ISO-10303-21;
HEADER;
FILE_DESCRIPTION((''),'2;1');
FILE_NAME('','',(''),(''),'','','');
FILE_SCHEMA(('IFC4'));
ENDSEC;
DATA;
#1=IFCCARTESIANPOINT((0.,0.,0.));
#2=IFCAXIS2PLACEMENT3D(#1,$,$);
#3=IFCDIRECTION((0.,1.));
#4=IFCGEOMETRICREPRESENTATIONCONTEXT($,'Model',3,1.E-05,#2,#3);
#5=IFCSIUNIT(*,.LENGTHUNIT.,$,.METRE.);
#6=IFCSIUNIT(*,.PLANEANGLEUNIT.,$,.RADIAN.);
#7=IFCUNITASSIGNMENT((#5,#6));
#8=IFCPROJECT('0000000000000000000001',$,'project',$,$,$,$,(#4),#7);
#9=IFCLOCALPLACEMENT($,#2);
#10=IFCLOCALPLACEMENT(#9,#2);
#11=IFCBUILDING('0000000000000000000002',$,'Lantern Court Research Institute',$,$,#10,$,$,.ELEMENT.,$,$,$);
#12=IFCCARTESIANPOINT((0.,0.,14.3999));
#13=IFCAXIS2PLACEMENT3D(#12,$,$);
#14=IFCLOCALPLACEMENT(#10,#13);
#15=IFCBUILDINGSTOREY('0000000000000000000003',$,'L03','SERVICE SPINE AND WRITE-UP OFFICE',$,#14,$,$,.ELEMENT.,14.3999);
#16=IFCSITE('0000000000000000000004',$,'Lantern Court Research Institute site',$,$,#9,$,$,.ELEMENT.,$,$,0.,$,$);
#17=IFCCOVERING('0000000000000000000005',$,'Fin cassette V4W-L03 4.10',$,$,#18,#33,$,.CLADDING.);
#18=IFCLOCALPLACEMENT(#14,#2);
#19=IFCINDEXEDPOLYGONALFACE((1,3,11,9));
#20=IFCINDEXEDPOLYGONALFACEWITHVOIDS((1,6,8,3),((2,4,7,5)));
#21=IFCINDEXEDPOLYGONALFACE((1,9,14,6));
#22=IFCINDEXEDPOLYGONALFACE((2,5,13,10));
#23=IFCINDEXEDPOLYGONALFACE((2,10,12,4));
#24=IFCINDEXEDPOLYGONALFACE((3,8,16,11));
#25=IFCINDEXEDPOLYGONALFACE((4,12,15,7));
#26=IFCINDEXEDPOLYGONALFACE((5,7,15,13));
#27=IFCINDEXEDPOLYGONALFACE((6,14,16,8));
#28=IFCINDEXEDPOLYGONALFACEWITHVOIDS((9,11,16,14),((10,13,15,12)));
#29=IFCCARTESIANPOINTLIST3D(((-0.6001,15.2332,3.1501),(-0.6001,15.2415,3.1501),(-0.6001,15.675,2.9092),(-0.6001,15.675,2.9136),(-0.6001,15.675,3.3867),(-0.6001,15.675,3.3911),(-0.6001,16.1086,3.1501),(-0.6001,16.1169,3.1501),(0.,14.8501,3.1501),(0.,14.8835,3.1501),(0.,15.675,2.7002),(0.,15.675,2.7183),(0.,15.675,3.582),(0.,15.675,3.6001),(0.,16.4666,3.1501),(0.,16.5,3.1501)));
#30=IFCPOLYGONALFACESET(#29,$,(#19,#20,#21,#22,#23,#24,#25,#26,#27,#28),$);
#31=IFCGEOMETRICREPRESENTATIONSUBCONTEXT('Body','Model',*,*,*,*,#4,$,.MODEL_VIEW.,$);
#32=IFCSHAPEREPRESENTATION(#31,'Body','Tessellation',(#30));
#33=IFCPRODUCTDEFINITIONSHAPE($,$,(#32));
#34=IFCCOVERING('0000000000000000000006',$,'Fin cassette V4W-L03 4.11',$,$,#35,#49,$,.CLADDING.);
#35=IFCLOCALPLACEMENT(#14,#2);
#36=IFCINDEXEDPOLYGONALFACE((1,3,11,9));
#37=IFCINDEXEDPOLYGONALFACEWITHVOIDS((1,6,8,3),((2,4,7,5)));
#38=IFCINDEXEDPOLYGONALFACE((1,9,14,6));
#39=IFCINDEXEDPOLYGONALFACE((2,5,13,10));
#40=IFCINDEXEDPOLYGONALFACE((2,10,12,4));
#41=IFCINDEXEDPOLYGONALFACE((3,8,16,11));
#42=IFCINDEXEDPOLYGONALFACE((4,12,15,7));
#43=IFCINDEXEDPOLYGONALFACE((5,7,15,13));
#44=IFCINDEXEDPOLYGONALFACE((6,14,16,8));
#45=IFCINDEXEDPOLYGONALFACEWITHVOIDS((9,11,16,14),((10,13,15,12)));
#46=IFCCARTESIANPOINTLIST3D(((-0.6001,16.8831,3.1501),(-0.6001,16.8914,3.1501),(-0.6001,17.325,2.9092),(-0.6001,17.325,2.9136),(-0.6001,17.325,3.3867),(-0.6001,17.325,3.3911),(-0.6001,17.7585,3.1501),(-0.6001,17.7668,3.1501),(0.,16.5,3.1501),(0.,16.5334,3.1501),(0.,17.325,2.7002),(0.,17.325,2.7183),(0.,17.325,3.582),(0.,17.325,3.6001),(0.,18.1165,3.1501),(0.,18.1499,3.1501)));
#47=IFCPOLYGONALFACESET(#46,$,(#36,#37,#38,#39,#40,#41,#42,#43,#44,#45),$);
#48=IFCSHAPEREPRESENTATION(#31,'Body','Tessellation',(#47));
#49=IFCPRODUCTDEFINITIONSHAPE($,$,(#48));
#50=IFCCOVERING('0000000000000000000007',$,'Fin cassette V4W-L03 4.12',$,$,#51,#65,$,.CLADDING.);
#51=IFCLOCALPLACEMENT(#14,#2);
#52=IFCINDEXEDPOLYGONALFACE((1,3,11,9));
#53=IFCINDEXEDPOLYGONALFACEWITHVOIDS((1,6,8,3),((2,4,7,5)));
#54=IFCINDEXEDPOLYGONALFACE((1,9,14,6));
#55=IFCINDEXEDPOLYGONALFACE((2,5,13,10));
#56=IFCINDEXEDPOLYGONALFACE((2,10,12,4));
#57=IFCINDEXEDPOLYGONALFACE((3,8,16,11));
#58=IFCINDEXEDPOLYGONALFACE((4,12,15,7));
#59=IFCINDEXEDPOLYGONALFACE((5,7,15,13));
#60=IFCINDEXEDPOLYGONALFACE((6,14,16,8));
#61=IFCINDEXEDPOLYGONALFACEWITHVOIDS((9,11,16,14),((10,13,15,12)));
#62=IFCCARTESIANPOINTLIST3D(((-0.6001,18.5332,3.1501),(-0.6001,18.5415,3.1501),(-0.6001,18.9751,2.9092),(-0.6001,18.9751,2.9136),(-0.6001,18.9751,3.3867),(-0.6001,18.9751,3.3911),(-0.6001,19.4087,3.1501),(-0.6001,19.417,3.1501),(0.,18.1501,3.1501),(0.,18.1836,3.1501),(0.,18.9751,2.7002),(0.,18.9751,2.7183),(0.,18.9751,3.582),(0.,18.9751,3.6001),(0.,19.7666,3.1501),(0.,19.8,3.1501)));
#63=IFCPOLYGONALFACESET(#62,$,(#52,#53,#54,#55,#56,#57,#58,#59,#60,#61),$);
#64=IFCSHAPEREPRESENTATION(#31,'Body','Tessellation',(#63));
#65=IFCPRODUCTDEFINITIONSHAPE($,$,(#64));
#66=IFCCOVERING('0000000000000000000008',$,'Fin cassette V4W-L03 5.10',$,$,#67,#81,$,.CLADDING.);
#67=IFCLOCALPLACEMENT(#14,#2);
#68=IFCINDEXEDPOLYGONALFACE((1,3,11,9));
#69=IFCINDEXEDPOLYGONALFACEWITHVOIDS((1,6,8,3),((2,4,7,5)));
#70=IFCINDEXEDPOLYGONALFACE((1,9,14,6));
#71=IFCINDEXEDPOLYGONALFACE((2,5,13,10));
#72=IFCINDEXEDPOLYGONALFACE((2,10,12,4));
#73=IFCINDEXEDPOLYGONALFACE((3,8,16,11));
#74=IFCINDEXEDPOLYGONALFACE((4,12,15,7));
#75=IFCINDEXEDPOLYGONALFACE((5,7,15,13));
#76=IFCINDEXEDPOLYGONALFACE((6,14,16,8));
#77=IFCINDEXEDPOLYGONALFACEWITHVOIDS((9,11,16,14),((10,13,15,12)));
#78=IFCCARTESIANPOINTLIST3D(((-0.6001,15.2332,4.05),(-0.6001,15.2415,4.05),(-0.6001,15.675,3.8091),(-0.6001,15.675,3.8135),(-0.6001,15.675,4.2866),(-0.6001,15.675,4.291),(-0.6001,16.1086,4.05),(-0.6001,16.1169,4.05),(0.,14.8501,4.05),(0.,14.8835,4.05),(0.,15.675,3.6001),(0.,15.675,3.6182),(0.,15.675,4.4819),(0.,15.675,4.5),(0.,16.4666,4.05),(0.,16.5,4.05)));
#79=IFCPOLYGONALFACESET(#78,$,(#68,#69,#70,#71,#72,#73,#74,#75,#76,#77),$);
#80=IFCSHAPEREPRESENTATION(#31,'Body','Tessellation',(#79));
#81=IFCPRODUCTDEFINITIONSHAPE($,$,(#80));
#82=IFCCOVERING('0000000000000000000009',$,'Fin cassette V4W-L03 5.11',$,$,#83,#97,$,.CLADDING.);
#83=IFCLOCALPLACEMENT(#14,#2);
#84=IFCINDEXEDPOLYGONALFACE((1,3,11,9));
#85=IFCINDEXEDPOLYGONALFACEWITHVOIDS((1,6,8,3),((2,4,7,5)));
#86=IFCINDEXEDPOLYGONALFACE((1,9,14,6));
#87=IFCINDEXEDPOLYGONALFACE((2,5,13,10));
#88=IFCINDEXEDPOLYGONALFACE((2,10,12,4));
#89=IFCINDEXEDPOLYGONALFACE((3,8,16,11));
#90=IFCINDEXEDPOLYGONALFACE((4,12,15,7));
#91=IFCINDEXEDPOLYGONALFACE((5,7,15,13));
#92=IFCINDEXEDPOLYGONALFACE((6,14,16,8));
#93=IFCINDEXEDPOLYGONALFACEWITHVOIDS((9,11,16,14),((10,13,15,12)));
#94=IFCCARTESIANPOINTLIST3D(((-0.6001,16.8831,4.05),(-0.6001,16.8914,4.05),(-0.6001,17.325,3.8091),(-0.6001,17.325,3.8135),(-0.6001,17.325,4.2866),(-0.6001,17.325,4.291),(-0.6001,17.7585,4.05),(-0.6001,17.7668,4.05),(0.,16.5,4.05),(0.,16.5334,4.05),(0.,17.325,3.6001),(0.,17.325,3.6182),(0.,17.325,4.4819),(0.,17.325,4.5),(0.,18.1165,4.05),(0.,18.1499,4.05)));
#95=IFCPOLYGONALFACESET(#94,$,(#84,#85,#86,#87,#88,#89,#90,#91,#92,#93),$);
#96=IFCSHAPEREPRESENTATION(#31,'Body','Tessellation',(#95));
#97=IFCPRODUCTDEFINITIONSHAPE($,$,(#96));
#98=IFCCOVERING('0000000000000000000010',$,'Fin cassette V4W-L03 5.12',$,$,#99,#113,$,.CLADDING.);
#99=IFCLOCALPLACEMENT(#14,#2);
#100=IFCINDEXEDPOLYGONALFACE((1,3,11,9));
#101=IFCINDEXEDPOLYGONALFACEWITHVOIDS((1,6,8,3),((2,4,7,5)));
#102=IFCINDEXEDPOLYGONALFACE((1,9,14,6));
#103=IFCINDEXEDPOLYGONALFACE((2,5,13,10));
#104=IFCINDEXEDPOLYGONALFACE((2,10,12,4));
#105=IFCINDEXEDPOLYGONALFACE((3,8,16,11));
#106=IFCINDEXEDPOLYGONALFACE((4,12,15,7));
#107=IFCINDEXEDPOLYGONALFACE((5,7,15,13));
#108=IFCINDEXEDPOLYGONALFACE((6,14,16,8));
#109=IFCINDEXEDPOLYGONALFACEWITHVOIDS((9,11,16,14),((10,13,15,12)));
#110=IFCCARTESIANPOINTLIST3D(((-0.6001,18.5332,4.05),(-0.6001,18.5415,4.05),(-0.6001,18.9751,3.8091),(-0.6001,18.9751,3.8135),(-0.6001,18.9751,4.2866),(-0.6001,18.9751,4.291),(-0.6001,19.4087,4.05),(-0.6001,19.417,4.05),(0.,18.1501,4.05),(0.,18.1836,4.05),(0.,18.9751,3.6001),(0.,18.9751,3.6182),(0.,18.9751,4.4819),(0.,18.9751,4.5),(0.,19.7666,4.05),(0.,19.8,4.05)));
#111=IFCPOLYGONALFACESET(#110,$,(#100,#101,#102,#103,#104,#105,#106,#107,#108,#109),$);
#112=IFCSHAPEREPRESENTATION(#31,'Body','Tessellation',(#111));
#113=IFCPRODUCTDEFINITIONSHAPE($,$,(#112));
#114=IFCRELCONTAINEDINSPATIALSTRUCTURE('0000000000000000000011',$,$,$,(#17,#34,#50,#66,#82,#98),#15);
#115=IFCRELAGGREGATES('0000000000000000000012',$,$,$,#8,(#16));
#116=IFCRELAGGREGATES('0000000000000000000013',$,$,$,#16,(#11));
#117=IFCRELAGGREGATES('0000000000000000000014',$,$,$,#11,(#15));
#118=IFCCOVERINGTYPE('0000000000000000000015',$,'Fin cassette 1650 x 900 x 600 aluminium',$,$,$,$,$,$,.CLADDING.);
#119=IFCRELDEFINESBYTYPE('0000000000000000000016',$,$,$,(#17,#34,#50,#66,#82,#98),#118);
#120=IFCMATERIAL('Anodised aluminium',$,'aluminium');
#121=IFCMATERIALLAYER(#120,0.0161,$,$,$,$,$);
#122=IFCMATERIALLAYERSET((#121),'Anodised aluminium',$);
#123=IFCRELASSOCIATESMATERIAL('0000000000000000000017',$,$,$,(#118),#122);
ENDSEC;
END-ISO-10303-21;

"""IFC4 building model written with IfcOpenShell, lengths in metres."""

from ifc_helpers import new_model, entity, si_unit, direction, frame, origin, place, context, subcontext, project, spatial, material, layer, layer_set, type_object, element, save


model = new_model("IFC4")

# Units and contexts
model_context = context("Model", 3, precision=1e-05, world=origin(), true_north=direction((0.0, 1.0)))
body_context = subcontext(model_context, "Body", "Model", "MODEL_VIEW")
ifc_project = project(units=[si_unit("LENGTHUNIT", "METRE"), si_unit("PLANEANGLEUNIT", "RADIAN")], contexts=[model_context])

# Site, building, storey
site_placement = place(None, origin())
site = spatial("IfcSite", under=ifc_project, at=site_placement, Name="Lantern Court Research Institute site", CompositionType="ELEMENT", RefElevation=0.0)
building_placement = place(site_placement, origin())
building = spatial("IfcBuilding", under=site, at=building_placement, Name="Lantern Court Research Institute", CompositionType="ELEMENT")
storey_placement = place(building_placement, frame((0.0, 0.0, 14.3999)))
storey = spatial("IfcBuildingStorey", under=building, at=storey_placement, Name="L03", Description="SERVICE SPINE AND WRITE-UP OFFICE", CompositionType="ELEMENT", Elevation=14.3999)

# Coverings
ifc_material_1 = material(Name="Anodised aluminium", Category="aluminium")
ifc_layer_1 = layer(ifc_material_1, 0.0161)
ifc_layer_set_1 = layer_set([ifc_layer_1], Name="Anodised aluminium")
covering_type = type_object("IfcCoveringType", Name="Fin cassette 1650 x 900 x 600 aluminium", PredefinedType="CLADDING", material=ifc_layer_set_1)
covering_1_placement = place(storey_placement, frame((0.0, 15.675, 3.1501), z_axis=(-1.0, 0.0, 0.0), x_axis=(0.0, -1.0, 0.0)))
cartesian_point_1 = entity("IfcCartesianPoint", [0.825, 0.0])
cartesian_point_2 = entity("IfcCartesianPoint", [0.7915, 0.0])
cartesian_point_3 = entity("IfcCartesianPoint", [0.4419, 0.0])
cartesian_point_4 = entity("IfcCartesianPoint", [0.4336, 0.0])
element("IfcCovering", 1, at=covering_1_placement, inside=storey, type_object=covering_type, Name="Fin cassette V4W-L03 4.10", PredefinedType="CLADDING", context=body_context, shape_type="SweptSolid", body=[
    entity("IfcExtrudedAreaSolidTapered", entity("IfcArbitraryProfileDefWithVoids", "AREA", None, entity("IfcPolyline", [cartesian_point_1, entity("IfcCartesianPoint", [0.0, 0.45]), entity("IfcCartesianPoint", [-0.825, 0.0]), entity("IfcCartesianPoint", [0.0, -0.45]), cartesian_point_1]), [entity("IfcPolyline", [cartesian_point_2, entity("IfcCartesianPoint", [0.0, 0.4319]), entity("IfcCartesianPoint", [-0.7915, 0.0]), entity("IfcCartesianPoint", [0.0, -0.4319]), cartesian_point_2])]), entity("IfcAxis2Placement3D", entity("IfcCartesianPoint", [0.0, 0.0, 0.0])), entity("IfcDirection", [0.0, 0.0, 1.0]), 0.6001, entity("IfcArbitraryProfileDefWithVoids", "AREA", None, entity("IfcPolyline", [cartesian_point_3, entity("IfcCartesianPoint", [0.0, 0.241]), entity("IfcCartesianPoint", [-0.4419, 0.0]), entity("IfcCartesianPoint", [0.0, -0.241]), cartesian_point_3]), [entity("IfcPolyline", [cartesian_point_4, entity("IfcCartesianPoint", [0.0, 0.2366]), entity("IfcCartesianPoint", [-0.4336, 0.0]), entity("IfcCartesianPoint", [0.0, -0.2366]), cartesian_point_4])])),
])
covering_2_placement = place(storey_placement, frame((0.0, 17.325, 3.1501), z_axis=(-1.0, 0.0, 0.0), x_axis=(0.0, -1.0, 0.0)))
cartesian_point_5 = entity("IfcCartesianPoint", [0.825, 0.0])
cartesian_point_6 = entity("IfcCartesianPoint", [0.7915, 0.0])
cartesian_point_7 = entity("IfcCartesianPoint", [0.4419, 0.0])
cartesian_point_8 = entity("IfcCartesianPoint", [0.4336, 0.0])
element("IfcCovering", 2, at=covering_2_placement, inside=storey, type_object=covering_type, Name="Fin cassette V4W-L03 4.11", PredefinedType="CLADDING", context=body_context, shape_type="SweptSolid", body=[
    entity("IfcExtrudedAreaSolidTapered", entity("IfcArbitraryProfileDefWithVoids", "AREA", None, entity("IfcPolyline", [cartesian_point_5, entity("IfcCartesianPoint", [0.0, 0.45]), entity("IfcCartesianPoint", [-0.825, 0.0]), entity("IfcCartesianPoint", [0.0, -0.45]), cartesian_point_5]), [entity("IfcPolyline", [cartesian_point_6, entity("IfcCartesianPoint", [0.0, 0.4319]), entity("IfcCartesianPoint", [-0.7915, 0.0]), entity("IfcCartesianPoint", [0.0, -0.4319]), cartesian_point_6])]), entity("IfcAxis2Placement3D", entity("IfcCartesianPoint", [0.0, 0.0, 0.0])), entity("IfcDirection", [0.0, 0.0, 1.0]), 0.6001, entity("IfcArbitraryProfileDefWithVoids", "AREA", None, entity("IfcPolyline", [cartesian_point_7, entity("IfcCartesianPoint", [0.0, 0.241]), entity("IfcCartesianPoint", [-0.4419, 0.0]), entity("IfcCartesianPoint", [0.0, -0.241]), cartesian_point_7]), [entity("IfcPolyline", [cartesian_point_8, entity("IfcCartesianPoint", [0.0, 0.2366]), entity("IfcCartesianPoint", [-0.4336, 0.0]), entity("IfcCartesianPoint", [0.0, -0.2366]), cartesian_point_8])])),
])
covering_3_placement = place(storey_placement, frame((0.0, 18.9751, 3.1501), z_axis=(-1.0, 0.0, 0.0), x_axis=(0.0, -1.0, 0.0)))
cartesian_point_9 = entity("IfcCartesianPoint", [0.825, 0.0])
cartesian_point_10 = entity("IfcCartesianPoint", [0.7915, 0.0])
cartesian_point_11 = entity("IfcCartesianPoint", [0.4419, 0.0])
cartesian_point_12 = entity("IfcCartesianPoint", [0.4336, 0.0])
element("IfcCovering", 3, at=covering_3_placement, inside=storey, type_object=covering_type, Name="Fin cassette V4W-L03 4.12", PredefinedType="CLADDING", context=body_context, shape_type="SweptSolid", body=[
    entity("IfcExtrudedAreaSolidTapered", entity("IfcArbitraryProfileDefWithVoids", "AREA", None, entity("IfcPolyline", [cartesian_point_9, entity("IfcCartesianPoint", [0.0, 0.45]), entity("IfcCartesianPoint", [-0.825, 0.0]), entity("IfcCartesianPoint", [0.0, -0.45]), cartesian_point_9]), [entity("IfcPolyline", [cartesian_point_10, entity("IfcCartesianPoint", [0.0, 0.4319]), entity("IfcCartesianPoint", [-0.7915, 0.0]), entity("IfcCartesianPoint", [0.0, -0.4319]), cartesian_point_10])]), entity("IfcAxis2Placement3D", entity("IfcCartesianPoint", [0.0, 0.0, 0.0])), entity("IfcDirection", [0.0, 0.0, 1.0]), 0.6001, entity("IfcArbitraryProfileDefWithVoids", "AREA", None, entity("IfcPolyline", [cartesian_point_11, entity("IfcCartesianPoint", [0.0, 0.241]), entity("IfcCartesianPoint", [-0.4419, 0.0]), entity("IfcCartesianPoint", [0.0, -0.241]), cartesian_point_11]), [entity("IfcPolyline", [cartesian_point_12, entity("IfcCartesianPoint", [0.0, 0.2366]), entity("IfcCartesianPoint", [-0.4336, 0.0]), entity("IfcCartesianPoint", [0.0, -0.2366]), cartesian_point_12])])),
])
covering_4_placement = place(storey_placement, frame((0.0, 15.675, 4.05), z_axis=(-1.0, 0.0, 0.0), x_axis=(0.0, -1.0, 0.0)))
cartesian_point_13 = entity("IfcCartesianPoint", [0.825, 0.0])
cartesian_point_14 = entity("IfcCartesianPoint", [0.7915, 0.0])
cartesian_point_15 = entity("IfcCartesianPoint", [0.4419, 0.0])
cartesian_point_16 = entity("IfcCartesianPoint", [0.4336, 0.0])
element("IfcCovering", 4, at=covering_4_placement, inside=storey, type_object=covering_type, Name="Fin cassette V4W-L03 5.10", PredefinedType="CLADDING", context=body_context, shape_type="SweptSolid", body=[
    entity("IfcExtrudedAreaSolidTapered", entity("IfcArbitraryProfileDefWithVoids", "AREA", None, entity("IfcPolyline", [cartesian_point_13, entity("IfcCartesianPoint", [0.0, 0.45]), entity("IfcCartesianPoint", [-0.825, 0.0]), entity("IfcCartesianPoint", [0.0, -0.45]), cartesian_point_13]), [entity("IfcPolyline", [cartesian_point_14, entity("IfcCartesianPoint", [0.0, 0.4319]), entity("IfcCartesianPoint", [-0.7915, 0.0]), entity("IfcCartesianPoint", [0.0, -0.4319]), cartesian_point_14])]), entity("IfcAxis2Placement3D", entity("IfcCartesianPoint", [0.0, 0.0, 0.0])), entity("IfcDirection", [0.0, 0.0, 1.0]), 0.6001, entity("IfcArbitraryProfileDefWithVoids", "AREA", None, entity("IfcPolyline", [cartesian_point_15, entity("IfcCartesianPoint", [0.0, 0.241]), entity("IfcCartesianPoint", [-0.4419, 0.0]), entity("IfcCartesianPoint", [0.0, -0.241]), cartesian_point_15]), [entity("IfcPolyline", [cartesian_point_16, entity("IfcCartesianPoint", [0.0, 0.2366]), entity("IfcCartesianPoint", [-0.4336, 0.0]), entity("IfcCartesianPoint", [0.0, -0.2366]), cartesian_point_16])])),
])
covering_5_placement = place(storey_placement, frame((0.0, 17.325, 4.05), z_axis=(-1.0, 0.0, 0.0), x_axis=(0.0, -1.0, 0.0)))
cartesian_point_17 = entity("IfcCartesianPoint", [0.825, 0.0])
cartesian_point_18 = entity("IfcCartesianPoint", [0.7915, 0.0])
cartesian_point_19 = entity("IfcCartesianPoint", [0.4419, 0.0])
cartesian_point_20 = entity("IfcCartesianPoint", [0.4336, 0.0])
element("IfcCovering", 5, at=covering_5_placement, inside=storey, type_object=covering_type, Name="Fin cassette V4W-L03 5.11", PredefinedType="CLADDING", context=body_context, shape_type="SweptSolid", body=[
    entity("IfcExtrudedAreaSolidTapered", entity("IfcArbitraryProfileDefWithVoids", "AREA", None, entity("IfcPolyline", [cartesian_point_17, entity("IfcCartesianPoint", [0.0, 0.45]), entity("IfcCartesianPoint", [-0.825, 0.0]), entity("IfcCartesianPoint", [0.0, -0.45]), cartesian_point_17]), [entity("IfcPolyline", [cartesian_point_18, entity("IfcCartesianPoint", [0.0, 0.4319]), entity("IfcCartesianPoint", [-0.7915, 0.0]), entity("IfcCartesianPoint", [0.0, -0.4319]), cartesian_point_18])]), entity("IfcAxis2Placement3D", entity("IfcCartesianPoint", [0.0, 0.0, 0.0])), entity("IfcDirection", [0.0, 0.0, 1.0]), 0.6001, entity("IfcArbitraryProfileDefWithVoids", "AREA", None, entity("IfcPolyline", [cartesian_point_19, entity("IfcCartesianPoint", [0.0, 0.241]), entity("IfcCartesianPoint", [-0.4419, 0.0]), entity("IfcCartesianPoint", [0.0, -0.241]), cartesian_point_19]), [entity("IfcPolyline", [cartesian_point_20, entity("IfcCartesianPoint", [0.0, 0.2366]), entity("IfcCartesianPoint", [-0.4336, 0.0]), entity("IfcCartesianPoint", [0.0, -0.2366]), cartesian_point_20])])),
])
covering_6_placement = place(storey_placement, frame((0.0, 18.9751, 4.05), z_axis=(-1.0, 0.0, 0.0), x_axis=(0.0, -1.0, 0.0)))
cartesian_point_21 = entity("IfcCartesianPoint", [0.825, 0.0])
cartesian_point_22 = entity("IfcCartesianPoint", [0.7915, 0.0])
cartesian_point_23 = entity("IfcCartesianPoint", [0.4419, 0.0])
cartesian_point_24 = entity("IfcCartesianPoint", [0.4336, 0.0])
element("IfcCovering", 6, at=covering_6_placement, inside=storey, type_object=covering_type, Name="Fin cassette V4W-L03 5.12", PredefinedType="CLADDING", context=body_context, shape_type="SweptSolid", body=[
    entity("IfcExtrudedAreaSolidTapered", entity("IfcArbitraryProfileDefWithVoids", "AREA", None, entity("IfcPolyline", [cartesian_point_21, entity("IfcCartesianPoint", [0.0, 0.45]), entity("IfcCartesianPoint", [-0.825, 0.0]), entity("IfcCartesianPoint", [0.0, -0.45]), cartesian_point_21]), [entity("IfcPolyline", [cartesian_point_22, entity("IfcCartesianPoint", [0.0, 0.4319]), entity("IfcCartesianPoint", [-0.7915, 0.0]), entity("IfcCartesianPoint", [0.0, -0.4319]), cartesian_point_22])]), entity("IfcAxis2Placement3D", entity("IfcCartesianPoint", [0.0, 0.0, 0.0])), entity("IfcDirection", [0.0, 0.0, 1.0]), 0.6001, entity("IfcArbitraryProfileDefWithVoids", "AREA", None, entity("IfcPolyline", [cartesian_point_23, entity("IfcCartesianPoint", [0.0, 0.241]), entity("IfcCartesianPoint", [-0.4419, 0.0]), entity("IfcCartesianPoint", [0.0, -0.241]), cartesian_point_23]), [entity("IfcPolyline", [cartesian_point_24, entity("IfcCartesianPoint", [0.0, 0.2366]), entity("IfcCartesianPoint", [-0.4336, 0.0]), entity("IfcCartesianPoint", [0.0, -0.2366]), cartesian_point_24])])),
])

save(model, "model.ifc")
